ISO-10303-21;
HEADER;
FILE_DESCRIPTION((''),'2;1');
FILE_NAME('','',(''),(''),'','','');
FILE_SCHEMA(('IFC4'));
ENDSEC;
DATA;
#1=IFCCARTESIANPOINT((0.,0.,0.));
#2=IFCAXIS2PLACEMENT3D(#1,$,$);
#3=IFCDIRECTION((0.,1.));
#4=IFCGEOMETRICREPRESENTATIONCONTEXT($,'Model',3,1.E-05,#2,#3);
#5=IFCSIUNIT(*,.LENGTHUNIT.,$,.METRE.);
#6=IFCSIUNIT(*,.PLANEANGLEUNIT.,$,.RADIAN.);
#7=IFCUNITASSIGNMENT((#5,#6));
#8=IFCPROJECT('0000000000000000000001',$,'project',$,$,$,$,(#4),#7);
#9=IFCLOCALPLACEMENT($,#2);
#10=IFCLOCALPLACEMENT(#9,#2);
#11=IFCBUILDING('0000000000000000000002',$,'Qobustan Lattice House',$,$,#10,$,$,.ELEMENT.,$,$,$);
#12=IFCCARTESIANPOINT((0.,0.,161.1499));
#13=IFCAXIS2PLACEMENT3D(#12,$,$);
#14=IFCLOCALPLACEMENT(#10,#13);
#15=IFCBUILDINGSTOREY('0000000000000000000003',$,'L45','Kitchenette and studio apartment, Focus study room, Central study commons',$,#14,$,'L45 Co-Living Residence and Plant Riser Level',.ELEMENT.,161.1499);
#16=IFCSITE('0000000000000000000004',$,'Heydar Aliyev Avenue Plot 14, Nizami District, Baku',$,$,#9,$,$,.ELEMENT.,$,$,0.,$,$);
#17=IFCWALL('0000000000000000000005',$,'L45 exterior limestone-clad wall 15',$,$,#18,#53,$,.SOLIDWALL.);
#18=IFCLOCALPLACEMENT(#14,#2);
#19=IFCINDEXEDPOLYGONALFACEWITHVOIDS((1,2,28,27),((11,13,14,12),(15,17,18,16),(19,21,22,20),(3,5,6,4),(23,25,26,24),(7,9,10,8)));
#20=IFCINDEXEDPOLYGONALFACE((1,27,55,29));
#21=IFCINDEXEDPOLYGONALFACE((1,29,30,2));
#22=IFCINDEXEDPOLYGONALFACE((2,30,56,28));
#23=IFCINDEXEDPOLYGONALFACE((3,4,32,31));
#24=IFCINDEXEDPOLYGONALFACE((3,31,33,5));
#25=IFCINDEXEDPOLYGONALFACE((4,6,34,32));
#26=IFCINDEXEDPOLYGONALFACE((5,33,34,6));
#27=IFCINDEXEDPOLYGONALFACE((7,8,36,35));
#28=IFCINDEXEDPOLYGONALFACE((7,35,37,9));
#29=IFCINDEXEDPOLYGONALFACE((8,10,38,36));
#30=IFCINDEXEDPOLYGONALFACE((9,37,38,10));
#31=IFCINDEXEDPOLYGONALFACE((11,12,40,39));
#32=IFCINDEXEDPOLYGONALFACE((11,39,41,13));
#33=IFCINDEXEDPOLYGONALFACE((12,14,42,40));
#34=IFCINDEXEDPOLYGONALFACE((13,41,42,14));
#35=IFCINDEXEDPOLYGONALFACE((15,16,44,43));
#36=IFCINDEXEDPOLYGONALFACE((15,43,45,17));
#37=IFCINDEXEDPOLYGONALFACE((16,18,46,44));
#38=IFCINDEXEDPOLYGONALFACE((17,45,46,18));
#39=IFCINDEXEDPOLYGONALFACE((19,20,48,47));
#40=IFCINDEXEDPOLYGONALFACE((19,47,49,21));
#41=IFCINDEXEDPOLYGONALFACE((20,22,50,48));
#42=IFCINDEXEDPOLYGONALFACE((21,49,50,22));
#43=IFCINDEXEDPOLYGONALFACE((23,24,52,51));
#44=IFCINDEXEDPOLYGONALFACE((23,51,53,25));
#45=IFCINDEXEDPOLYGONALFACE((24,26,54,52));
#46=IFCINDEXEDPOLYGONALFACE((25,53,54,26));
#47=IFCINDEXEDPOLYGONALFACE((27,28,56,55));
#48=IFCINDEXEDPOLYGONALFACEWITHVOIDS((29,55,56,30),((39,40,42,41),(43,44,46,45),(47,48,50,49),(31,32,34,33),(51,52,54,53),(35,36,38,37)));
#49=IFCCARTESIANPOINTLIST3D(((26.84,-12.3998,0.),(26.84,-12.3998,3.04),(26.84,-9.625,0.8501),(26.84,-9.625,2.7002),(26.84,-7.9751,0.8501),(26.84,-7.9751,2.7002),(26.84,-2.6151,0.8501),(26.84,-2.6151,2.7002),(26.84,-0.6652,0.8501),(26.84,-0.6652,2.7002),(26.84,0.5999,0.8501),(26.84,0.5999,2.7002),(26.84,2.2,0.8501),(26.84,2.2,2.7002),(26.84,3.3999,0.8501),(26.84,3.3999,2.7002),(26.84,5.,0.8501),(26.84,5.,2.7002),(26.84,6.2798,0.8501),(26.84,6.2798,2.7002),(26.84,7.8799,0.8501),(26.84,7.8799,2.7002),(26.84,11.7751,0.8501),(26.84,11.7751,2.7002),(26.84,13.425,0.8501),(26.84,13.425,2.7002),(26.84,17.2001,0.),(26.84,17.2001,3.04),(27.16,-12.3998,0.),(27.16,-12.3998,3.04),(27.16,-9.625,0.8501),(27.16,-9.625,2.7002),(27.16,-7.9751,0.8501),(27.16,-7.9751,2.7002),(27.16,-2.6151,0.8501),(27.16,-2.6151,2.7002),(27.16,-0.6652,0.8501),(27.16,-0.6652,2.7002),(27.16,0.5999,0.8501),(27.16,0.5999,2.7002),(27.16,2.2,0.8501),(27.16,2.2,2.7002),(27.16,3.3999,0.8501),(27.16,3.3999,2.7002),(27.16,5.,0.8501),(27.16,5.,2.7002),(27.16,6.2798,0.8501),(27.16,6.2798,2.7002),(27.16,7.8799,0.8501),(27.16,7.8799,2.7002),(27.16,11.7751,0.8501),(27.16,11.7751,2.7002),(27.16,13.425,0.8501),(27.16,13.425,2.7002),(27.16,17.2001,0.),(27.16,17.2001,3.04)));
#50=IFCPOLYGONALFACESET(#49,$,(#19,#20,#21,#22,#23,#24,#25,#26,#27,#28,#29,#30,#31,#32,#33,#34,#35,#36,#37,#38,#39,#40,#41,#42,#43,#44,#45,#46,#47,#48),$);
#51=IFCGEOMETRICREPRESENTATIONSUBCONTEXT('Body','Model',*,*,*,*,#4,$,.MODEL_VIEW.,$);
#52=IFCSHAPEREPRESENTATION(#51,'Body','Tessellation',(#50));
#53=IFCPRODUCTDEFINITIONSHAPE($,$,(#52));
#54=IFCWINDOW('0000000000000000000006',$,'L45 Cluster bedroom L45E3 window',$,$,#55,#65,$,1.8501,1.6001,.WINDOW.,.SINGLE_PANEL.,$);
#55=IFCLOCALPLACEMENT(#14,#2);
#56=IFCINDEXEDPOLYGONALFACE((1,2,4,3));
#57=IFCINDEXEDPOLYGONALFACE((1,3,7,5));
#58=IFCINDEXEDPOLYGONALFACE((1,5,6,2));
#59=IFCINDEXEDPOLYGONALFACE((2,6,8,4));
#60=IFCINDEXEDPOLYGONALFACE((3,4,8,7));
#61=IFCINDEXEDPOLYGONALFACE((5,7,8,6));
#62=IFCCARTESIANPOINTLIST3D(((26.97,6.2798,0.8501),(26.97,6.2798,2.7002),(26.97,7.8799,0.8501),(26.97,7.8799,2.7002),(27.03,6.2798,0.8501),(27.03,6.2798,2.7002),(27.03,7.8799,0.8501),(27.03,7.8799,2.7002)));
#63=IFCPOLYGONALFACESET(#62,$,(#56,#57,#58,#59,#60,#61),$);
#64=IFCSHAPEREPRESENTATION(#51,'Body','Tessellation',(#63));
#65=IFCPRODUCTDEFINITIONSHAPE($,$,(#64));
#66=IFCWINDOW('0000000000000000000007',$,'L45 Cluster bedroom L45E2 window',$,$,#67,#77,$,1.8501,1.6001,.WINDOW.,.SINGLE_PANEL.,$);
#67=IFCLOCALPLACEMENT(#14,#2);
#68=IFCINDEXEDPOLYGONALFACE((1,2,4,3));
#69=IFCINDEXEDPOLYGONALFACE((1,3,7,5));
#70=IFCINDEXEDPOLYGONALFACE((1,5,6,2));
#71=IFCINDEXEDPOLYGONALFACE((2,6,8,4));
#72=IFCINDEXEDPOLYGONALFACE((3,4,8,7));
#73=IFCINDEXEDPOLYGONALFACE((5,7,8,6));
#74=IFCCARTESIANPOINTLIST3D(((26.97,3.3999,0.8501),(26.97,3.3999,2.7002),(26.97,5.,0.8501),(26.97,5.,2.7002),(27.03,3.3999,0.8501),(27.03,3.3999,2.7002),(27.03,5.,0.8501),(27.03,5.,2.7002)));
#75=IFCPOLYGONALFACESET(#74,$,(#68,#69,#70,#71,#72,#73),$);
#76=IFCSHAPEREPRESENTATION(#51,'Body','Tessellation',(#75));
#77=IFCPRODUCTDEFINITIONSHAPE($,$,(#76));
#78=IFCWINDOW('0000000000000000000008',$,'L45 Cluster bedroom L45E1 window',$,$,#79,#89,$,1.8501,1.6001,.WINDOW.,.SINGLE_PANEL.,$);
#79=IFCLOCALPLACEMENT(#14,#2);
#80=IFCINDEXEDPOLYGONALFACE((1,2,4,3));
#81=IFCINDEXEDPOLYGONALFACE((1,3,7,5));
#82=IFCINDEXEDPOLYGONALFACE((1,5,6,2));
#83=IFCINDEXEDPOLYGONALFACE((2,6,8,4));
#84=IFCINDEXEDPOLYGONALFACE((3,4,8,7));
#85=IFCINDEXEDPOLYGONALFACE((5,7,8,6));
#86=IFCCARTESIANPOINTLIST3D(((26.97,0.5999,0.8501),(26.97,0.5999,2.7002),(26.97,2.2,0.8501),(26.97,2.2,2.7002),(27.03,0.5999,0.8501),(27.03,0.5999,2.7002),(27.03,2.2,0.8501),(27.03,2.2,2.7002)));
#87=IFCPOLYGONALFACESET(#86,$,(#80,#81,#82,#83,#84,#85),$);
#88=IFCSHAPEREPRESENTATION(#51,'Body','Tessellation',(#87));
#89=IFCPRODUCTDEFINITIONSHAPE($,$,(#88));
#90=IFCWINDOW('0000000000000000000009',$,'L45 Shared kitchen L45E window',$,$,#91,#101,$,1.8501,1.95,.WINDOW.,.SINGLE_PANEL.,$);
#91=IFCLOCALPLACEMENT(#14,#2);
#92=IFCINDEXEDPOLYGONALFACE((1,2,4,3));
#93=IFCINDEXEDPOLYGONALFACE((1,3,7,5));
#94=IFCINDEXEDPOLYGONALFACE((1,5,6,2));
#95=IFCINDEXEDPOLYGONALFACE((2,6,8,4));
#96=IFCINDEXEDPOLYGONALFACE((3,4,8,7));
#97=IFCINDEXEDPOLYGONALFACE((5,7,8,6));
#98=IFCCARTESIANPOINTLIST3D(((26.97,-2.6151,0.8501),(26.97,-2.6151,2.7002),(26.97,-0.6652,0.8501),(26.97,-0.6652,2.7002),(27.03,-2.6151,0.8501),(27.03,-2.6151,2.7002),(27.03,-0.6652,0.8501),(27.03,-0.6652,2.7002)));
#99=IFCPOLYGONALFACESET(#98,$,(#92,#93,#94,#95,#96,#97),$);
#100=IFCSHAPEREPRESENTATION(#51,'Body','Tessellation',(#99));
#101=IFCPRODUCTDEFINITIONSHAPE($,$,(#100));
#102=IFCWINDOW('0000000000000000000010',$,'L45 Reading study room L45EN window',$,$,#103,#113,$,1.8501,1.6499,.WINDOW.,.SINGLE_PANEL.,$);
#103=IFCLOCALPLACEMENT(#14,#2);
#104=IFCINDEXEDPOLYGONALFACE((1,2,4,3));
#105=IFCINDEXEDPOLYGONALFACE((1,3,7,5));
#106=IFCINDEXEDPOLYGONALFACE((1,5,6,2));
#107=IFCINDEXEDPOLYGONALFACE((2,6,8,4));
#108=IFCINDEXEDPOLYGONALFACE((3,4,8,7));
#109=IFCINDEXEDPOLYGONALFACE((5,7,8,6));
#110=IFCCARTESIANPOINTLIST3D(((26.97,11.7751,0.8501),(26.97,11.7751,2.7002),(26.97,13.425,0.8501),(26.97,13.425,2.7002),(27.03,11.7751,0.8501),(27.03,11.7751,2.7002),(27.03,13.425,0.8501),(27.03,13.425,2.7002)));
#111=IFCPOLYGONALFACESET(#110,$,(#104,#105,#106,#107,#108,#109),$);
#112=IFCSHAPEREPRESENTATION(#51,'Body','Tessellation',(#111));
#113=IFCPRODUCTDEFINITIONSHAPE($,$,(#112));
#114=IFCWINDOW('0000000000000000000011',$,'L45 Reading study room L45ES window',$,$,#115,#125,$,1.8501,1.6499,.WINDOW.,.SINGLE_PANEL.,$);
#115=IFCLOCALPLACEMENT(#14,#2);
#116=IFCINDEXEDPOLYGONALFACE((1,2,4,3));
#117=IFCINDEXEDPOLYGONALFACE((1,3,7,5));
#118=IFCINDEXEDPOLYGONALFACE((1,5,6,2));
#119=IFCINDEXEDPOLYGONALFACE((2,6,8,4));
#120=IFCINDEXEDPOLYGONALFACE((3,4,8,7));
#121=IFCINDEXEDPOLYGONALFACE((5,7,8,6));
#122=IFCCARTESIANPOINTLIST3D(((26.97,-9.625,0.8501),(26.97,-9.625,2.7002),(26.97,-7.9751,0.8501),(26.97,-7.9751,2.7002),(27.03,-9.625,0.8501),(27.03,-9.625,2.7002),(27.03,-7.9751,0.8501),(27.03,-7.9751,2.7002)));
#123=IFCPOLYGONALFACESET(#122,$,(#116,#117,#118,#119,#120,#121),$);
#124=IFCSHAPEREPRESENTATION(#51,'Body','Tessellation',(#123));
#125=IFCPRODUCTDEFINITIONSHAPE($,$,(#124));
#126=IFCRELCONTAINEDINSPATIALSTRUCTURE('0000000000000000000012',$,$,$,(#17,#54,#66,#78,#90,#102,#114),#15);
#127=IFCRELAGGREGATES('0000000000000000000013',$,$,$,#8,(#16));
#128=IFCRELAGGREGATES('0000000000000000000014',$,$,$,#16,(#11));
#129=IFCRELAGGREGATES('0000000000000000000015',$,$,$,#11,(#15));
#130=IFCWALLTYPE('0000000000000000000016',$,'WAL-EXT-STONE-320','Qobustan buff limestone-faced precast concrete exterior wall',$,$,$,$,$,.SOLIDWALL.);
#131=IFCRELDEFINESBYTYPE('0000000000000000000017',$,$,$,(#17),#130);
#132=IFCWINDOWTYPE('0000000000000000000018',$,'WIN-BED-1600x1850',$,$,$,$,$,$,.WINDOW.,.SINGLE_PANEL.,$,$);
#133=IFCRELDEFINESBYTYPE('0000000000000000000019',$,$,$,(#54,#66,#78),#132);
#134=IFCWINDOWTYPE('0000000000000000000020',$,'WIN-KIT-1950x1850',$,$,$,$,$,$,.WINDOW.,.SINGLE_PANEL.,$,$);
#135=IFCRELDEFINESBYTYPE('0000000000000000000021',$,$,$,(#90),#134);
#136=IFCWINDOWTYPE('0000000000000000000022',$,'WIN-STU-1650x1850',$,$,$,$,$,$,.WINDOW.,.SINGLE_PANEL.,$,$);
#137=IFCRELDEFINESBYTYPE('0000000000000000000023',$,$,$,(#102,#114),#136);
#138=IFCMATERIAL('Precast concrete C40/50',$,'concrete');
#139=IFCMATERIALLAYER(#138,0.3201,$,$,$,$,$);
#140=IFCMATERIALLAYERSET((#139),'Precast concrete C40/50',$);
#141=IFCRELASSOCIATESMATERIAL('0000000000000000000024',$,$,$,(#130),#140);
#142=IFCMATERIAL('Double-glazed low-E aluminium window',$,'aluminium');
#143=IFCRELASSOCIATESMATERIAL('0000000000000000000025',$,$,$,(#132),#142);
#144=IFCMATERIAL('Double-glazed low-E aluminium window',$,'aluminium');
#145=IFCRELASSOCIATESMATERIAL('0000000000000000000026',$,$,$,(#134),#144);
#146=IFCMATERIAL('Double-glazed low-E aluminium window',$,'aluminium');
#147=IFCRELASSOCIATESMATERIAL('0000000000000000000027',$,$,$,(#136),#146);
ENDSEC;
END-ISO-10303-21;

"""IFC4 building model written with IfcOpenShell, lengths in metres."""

from ifc_helpers import new_model, si_unit, direction, frame, frame_2d, origin, place, context, subcontext, project, spatial, rectangle, extrude, material, layer, layer_set, type_object, element, fill, save


model = new_model("IFC4")

# Units and contexts
model_context = context("Model", 3, precision=1e-05, world=origin(), true_north=direction((0.0, 1.0)))
body_context = subcontext(model_context, "Body", "Model", "MODEL_VIEW")
ifc_project = project(units=[si_unit("LENGTHUNIT", "METRE"), si_unit("PLANEANGLEUNIT", "RADIAN")], contexts=[model_context])

# Site, building, storey
site_placement = place(None, origin())
site = spatial("IfcSite", under=ifc_project, at=site_placement, Name="Heydar Aliyev Avenue Plot 14, Nizami District, Baku", CompositionType="ELEMENT", RefElevation=0.0)
building_placement = place(site_placement, origin())
building = spatial("IfcBuilding", under=site, at=building_placement, Name="Qobustan Lattice House", CompositionType="ELEMENT")
storey_placement = place(building_placement, frame((0.0, 0.0, 161.1499)))
storey = spatial("IfcBuildingStorey", under=building, at=storey_placement, Name="L45", Description="Kitchenette and studio apartment, Focus study room, Central study commons", LongName="L45 Co-Living Residence and Plant Riser Level", CompositionType="ELEMENT", Elevation=161.1499)

# Shared definitions
ifc_material_1 = material(Name="Precast concrete C40/50", Category="concrete")
ifc_layer_1 = layer(ifc_material_1, 0.3201)
ifc_layer_set_1 = layer_set([ifc_layer_1], Name="Precast concrete C40/50")
wall_type = type_object("IfcWallType", Name="WAL-EXT-STONE-320", Description="Qobustan buff limestone-faced precast concrete exterior wall", PredefinedType="SOLIDWALL", material=ifc_layer_set_1)

# Wall, openings, windows
wall_1_placement = place(storey_placement, frame((27.0, 17.2, 0.0), z_axis=(0.0, 0.0, 1.0), x_axis=(0.0, -1.0, 0.0)))
wall_1 = element("IfcWall", 1, at=wall_1_placement, inside=storey, type_object=wall_type, Name="L45 exterior limestone-clad wall 15", PredefinedType="SOLIDWALL", context=body_context, shape_type="SweptSolid", body=[
    extrude(rectangle(XDim=29.5999, YDim=0.3201, at=frame_2d((14.7998, 0.0))), origin(), (0.0, 0.0, 1.0), 3.04),
])
opening_1_placement = place(wall_1_placement, frame((3.7749, 0.0, 0.8501)))
opening_1 = element("IfcOpeningElement", 2, at=opening_1_placement, cuts=wall_1, PredefinedType="OPENING", context=body_context, shape_type="SweptSolid", body=[
    extrude(rectangle(XDim=1.6499, YDim=1.8501, at=frame_2d((0.825, 0.925))), frame((0.0, 0.1699, 0.0), z_axis=(0.0, -1.0, 0.0), x_axis=(1.0, 0.0, 0.0)), (0.0, 0.0, 1.0), 0.3401),
])
opening_2_placement = place(wall_1_placement, frame((9.3201, 0.0, 0.8501)))
opening_2 = element("IfcOpeningElement", 3, at=opening_2_placement, cuts=wall_1, PredefinedType="OPENING", context=body_context, shape_type="SweptSolid", body=[
    extrude(rectangle(XDim=1.6001, YDim=1.8501, at=frame_2d((0.8, 0.925))), frame((0.0, 0.1699, 0.0), z_axis=(0.0, -1.0, 0.0), x_axis=(1.0, 0.0, 0.0)), (0.0, 0.0, 1.0), 0.3401),
])
opening_3_placement = place(wall_1_placement, frame((12.2, 0.0, 0.8501)))
opening_3 = element("IfcOpeningElement", 4, at=opening_3_placement, cuts=wall_1, PredefinedType="OPENING", context=body_context, shape_type="SweptSolid", body=[
    extrude(rectangle(XDim=1.6001, YDim=1.8501, at=frame_2d((0.8, 0.925))), frame((0.0, 0.1699, 0.0), z_axis=(0.0, -1.0, 0.0), x_axis=(1.0, 0.0, 0.0)), (0.0, 0.0, 1.0), 0.3401),
])
opening_4_placement = place(wall_1_placement, frame((15.0, 0.0, 0.8501)))
opening_4 = element("IfcOpeningElement", 5, at=opening_4_placement, cuts=wall_1, PredefinedType="OPENING", context=body_context, shape_type="SweptSolid", body=[
    extrude(rectangle(XDim=1.6001, YDim=1.8501, at=frame_2d((0.8, 0.925))), frame((0.0, 0.1699, 0.0), z_axis=(0.0, -1.0, 0.0), x_axis=(1.0, 0.0, 0.0)), (0.0, 0.0, 1.0), 0.3401),
])
opening_5_placement = place(wall_1_placement, frame((17.865, 0.0, 0.8501)))
opening_5 = element("IfcOpeningElement", 6, at=opening_5_placement, cuts=wall_1, PredefinedType="OPENING", context=body_context, shape_type="SweptSolid", body=[
    extrude(rectangle(XDim=1.95, YDim=1.8501, at=frame_2d((0.9751, 0.925))), frame((0.0, 0.1699, 0.0), z_axis=(0.0, -1.0, 0.0), x_axis=(1.0, 0.0, 0.0)), (0.0, 0.0, 1.0), 0.3401),
])
opening_6_placement = place(wall_1_placement, frame((25.175, 0.0, 0.8501)))
opening_6 = element("IfcOpeningElement", 7, at=opening_6_placement, cuts=wall_1, PredefinedType="OPENING", context=body_context, shape_type="SweptSolid", body=[
    extrude(rectangle(XDim=1.6499, YDim=1.8501, at=frame_2d((0.825, 0.925))), frame((0.0, 0.1699, 0.0), z_axis=(0.0, -1.0, 0.0), x_axis=(1.0, 0.0, 0.0)), (0.0, 0.0, 1.0), 0.3401),
])
ifc_material_2 = material(Name="Double-glazed low-E aluminium window", Category="aluminium")
window_type_1 = type_object("IfcWindowType", Name="WIN-BED-1600x1850", PartitioningType="SINGLE_PANEL", PredefinedType="WINDOW", material=ifc_material_2)
window_1_placement = place(opening_2_placement, origin())
window_1 = element("IfcWindow", 8, at=window_1_placement, inside=storey, type_object=window_type_1, Name="L45 Cluster bedroom L45E3 window", OverallHeight=1.8501, OverallWidth=1.6001, PartitioningType="SINGLE_PANEL", PredefinedType="WINDOW", context=body_context, shape_type="SweptSolid", body=[
    extrude(rectangle(XDim=1.6001, YDim=1.8501, at=frame_2d((0.8, 0.925))), frame((0.0, 0.03, 0.0), z_axis=(0.0, -1.0, 0.0), x_axis=(1.0, 0.0, 0.0)), (0.0, 0.0, 1.0), 0.0601),
])
fill(opening_2, window_1)
window_2_placement = place(opening_3_placement, origin())
window_2 = element("IfcWindow", 9, at=window_2_placement, inside=storey, type_object=window_type_1, Name="L45 Cluster bedroom L45E2 window", OverallHeight=1.8501, OverallWidth=1.6001, PartitioningType="SINGLE_PANEL", PredefinedType="WINDOW", context=body_context, shape_type="SweptSolid", body=[
    extrude(rectangle(XDim=1.6001, YDim=1.8501, at=frame_2d((0.8, 0.925))), frame((0.0, 0.03, 0.0), z_axis=(0.0, -1.0, 0.0), x_axis=(1.0, 0.0, 0.0)), (0.0, 0.0, 1.0), 0.0601),
])
fill(opening_3, window_2)
window_3_placement = place(opening_4_placement, origin())
window_3 = element("IfcWindow", 10, at=window_3_placement, inside=storey, type_object=window_type_1, Name="L45 Cluster bedroom L45E1 window", OverallHeight=1.8501, OverallWidth=1.6001, PartitioningType="SINGLE_PANEL", PredefinedType="WINDOW", context=body_context, shape_type="SweptSolid", body=[
    extrude(rectangle(XDim=1.6001, YDim=1.8501, at=frame_2d((0.8, 0.925))), frame((0.0, 0.03, 0.0), z_axis=(0.0, -1.0, 0.0), x_axis=(1.0, 0.0, 0.0)), (0.0, 0.0, 1.0), 0.0601),
])
fill(opening_4, window_3)
ifc_material_3 = material(Name="Double-glazed low-E aluminium window", Category="aluminium")
window_type_2 = type_object("IfcWindowType", Name="WIN-KIT-1950x1850", PartitioningType="SINGLE_PANEL", PredefinedType="WINDOW", material=ifc_material_3)
window_4_placement = place(opening_5_placement, origin())
window_4 = element("IfcWindow", 11, at=window_4_placement, inside=storey, type_object=window_type_2, Name="L45 Shared kitchen L45E window", OverallHeight=1.8501, OverallWidth=1.95, PartitioningType="SINGLE_PANEL", PredefinedType="WINDOW", context=body_context, shape_type="SweptSolid", body=[
    extrude(rectangle(XDim=1.95, YDim=1.8501, at=frame_2d((0.9751, 0.925))), frame((0.0, 0.03, 0.0), z_axis=(0.0, -1.0, 0.0), x_axis=(1.0, 0.0, 0.0)), (0.0, 0.0, 1.0), 0.0601),
])
fill(opening_5, window_4)
ifc_material_4 = material(Name="Double-glazed low-E aluminium window", Category="aluminium")
window_type_3 = type_object("IfcWindowType", Name="WIN-STU-1650x1850", PartitioningType="SINGLE_PANEL", PredefinedType="WINDOW", material=ifc_material_4)
window_5_placement = place(opening_1_placement, origin())
window_5 = element("IfcWindow", 12, at=window_5_placement, inside=storey, type_object=window_type_3, Name="L45 Reading study room L45EN window", OverallHeight=1.8501, OverallWidth=1.6499, PartitioningType="SINGLE_PANEL", PredefinedType="WINDOW", context=body_context, shape_type="SweptSolid", body=[
    extrude(rectangle(XDim=1.6499, YDim=1.8501, at=frame_2d((0.825, 0.925))), frame((0.0, 0.03, 0.0), z_axis=(0.0, -1.0, 0.0), x_axis=(1.0, 0.0, 0.0)), (0.0, 0.0, 1.0), 0.0601),
])
fill(opening_1, window_5)
window_6_placement = place(opening_6_placement, origin())
window_6 = element("IfcWindow", 13, at=window_6_placement, inside=storey, type_object=window_type_3, Name="L45 Reading study room L45ES window", OverallHeight=1.8501, OverallWidth=1.6499, PartitioningType="SINGLE_PANEL", PredefinedType="WINDOW", context=body_context, shape_type="SweptSolid", body=[
    extrude(rectangle(XDim=1.6499, YDim=1.8501, at=frame_2d((0.825, 0.925))), frame((0.0, 0.03, 0.0), z_axis=(0.0, -1.0, 0.0), x_axis=(1.0, 0.0, 0.0)), (0.0, 0.0, 1.0), 0.0601),
])
fill(opening_6, window_6)

save(model, "model.ifc")
